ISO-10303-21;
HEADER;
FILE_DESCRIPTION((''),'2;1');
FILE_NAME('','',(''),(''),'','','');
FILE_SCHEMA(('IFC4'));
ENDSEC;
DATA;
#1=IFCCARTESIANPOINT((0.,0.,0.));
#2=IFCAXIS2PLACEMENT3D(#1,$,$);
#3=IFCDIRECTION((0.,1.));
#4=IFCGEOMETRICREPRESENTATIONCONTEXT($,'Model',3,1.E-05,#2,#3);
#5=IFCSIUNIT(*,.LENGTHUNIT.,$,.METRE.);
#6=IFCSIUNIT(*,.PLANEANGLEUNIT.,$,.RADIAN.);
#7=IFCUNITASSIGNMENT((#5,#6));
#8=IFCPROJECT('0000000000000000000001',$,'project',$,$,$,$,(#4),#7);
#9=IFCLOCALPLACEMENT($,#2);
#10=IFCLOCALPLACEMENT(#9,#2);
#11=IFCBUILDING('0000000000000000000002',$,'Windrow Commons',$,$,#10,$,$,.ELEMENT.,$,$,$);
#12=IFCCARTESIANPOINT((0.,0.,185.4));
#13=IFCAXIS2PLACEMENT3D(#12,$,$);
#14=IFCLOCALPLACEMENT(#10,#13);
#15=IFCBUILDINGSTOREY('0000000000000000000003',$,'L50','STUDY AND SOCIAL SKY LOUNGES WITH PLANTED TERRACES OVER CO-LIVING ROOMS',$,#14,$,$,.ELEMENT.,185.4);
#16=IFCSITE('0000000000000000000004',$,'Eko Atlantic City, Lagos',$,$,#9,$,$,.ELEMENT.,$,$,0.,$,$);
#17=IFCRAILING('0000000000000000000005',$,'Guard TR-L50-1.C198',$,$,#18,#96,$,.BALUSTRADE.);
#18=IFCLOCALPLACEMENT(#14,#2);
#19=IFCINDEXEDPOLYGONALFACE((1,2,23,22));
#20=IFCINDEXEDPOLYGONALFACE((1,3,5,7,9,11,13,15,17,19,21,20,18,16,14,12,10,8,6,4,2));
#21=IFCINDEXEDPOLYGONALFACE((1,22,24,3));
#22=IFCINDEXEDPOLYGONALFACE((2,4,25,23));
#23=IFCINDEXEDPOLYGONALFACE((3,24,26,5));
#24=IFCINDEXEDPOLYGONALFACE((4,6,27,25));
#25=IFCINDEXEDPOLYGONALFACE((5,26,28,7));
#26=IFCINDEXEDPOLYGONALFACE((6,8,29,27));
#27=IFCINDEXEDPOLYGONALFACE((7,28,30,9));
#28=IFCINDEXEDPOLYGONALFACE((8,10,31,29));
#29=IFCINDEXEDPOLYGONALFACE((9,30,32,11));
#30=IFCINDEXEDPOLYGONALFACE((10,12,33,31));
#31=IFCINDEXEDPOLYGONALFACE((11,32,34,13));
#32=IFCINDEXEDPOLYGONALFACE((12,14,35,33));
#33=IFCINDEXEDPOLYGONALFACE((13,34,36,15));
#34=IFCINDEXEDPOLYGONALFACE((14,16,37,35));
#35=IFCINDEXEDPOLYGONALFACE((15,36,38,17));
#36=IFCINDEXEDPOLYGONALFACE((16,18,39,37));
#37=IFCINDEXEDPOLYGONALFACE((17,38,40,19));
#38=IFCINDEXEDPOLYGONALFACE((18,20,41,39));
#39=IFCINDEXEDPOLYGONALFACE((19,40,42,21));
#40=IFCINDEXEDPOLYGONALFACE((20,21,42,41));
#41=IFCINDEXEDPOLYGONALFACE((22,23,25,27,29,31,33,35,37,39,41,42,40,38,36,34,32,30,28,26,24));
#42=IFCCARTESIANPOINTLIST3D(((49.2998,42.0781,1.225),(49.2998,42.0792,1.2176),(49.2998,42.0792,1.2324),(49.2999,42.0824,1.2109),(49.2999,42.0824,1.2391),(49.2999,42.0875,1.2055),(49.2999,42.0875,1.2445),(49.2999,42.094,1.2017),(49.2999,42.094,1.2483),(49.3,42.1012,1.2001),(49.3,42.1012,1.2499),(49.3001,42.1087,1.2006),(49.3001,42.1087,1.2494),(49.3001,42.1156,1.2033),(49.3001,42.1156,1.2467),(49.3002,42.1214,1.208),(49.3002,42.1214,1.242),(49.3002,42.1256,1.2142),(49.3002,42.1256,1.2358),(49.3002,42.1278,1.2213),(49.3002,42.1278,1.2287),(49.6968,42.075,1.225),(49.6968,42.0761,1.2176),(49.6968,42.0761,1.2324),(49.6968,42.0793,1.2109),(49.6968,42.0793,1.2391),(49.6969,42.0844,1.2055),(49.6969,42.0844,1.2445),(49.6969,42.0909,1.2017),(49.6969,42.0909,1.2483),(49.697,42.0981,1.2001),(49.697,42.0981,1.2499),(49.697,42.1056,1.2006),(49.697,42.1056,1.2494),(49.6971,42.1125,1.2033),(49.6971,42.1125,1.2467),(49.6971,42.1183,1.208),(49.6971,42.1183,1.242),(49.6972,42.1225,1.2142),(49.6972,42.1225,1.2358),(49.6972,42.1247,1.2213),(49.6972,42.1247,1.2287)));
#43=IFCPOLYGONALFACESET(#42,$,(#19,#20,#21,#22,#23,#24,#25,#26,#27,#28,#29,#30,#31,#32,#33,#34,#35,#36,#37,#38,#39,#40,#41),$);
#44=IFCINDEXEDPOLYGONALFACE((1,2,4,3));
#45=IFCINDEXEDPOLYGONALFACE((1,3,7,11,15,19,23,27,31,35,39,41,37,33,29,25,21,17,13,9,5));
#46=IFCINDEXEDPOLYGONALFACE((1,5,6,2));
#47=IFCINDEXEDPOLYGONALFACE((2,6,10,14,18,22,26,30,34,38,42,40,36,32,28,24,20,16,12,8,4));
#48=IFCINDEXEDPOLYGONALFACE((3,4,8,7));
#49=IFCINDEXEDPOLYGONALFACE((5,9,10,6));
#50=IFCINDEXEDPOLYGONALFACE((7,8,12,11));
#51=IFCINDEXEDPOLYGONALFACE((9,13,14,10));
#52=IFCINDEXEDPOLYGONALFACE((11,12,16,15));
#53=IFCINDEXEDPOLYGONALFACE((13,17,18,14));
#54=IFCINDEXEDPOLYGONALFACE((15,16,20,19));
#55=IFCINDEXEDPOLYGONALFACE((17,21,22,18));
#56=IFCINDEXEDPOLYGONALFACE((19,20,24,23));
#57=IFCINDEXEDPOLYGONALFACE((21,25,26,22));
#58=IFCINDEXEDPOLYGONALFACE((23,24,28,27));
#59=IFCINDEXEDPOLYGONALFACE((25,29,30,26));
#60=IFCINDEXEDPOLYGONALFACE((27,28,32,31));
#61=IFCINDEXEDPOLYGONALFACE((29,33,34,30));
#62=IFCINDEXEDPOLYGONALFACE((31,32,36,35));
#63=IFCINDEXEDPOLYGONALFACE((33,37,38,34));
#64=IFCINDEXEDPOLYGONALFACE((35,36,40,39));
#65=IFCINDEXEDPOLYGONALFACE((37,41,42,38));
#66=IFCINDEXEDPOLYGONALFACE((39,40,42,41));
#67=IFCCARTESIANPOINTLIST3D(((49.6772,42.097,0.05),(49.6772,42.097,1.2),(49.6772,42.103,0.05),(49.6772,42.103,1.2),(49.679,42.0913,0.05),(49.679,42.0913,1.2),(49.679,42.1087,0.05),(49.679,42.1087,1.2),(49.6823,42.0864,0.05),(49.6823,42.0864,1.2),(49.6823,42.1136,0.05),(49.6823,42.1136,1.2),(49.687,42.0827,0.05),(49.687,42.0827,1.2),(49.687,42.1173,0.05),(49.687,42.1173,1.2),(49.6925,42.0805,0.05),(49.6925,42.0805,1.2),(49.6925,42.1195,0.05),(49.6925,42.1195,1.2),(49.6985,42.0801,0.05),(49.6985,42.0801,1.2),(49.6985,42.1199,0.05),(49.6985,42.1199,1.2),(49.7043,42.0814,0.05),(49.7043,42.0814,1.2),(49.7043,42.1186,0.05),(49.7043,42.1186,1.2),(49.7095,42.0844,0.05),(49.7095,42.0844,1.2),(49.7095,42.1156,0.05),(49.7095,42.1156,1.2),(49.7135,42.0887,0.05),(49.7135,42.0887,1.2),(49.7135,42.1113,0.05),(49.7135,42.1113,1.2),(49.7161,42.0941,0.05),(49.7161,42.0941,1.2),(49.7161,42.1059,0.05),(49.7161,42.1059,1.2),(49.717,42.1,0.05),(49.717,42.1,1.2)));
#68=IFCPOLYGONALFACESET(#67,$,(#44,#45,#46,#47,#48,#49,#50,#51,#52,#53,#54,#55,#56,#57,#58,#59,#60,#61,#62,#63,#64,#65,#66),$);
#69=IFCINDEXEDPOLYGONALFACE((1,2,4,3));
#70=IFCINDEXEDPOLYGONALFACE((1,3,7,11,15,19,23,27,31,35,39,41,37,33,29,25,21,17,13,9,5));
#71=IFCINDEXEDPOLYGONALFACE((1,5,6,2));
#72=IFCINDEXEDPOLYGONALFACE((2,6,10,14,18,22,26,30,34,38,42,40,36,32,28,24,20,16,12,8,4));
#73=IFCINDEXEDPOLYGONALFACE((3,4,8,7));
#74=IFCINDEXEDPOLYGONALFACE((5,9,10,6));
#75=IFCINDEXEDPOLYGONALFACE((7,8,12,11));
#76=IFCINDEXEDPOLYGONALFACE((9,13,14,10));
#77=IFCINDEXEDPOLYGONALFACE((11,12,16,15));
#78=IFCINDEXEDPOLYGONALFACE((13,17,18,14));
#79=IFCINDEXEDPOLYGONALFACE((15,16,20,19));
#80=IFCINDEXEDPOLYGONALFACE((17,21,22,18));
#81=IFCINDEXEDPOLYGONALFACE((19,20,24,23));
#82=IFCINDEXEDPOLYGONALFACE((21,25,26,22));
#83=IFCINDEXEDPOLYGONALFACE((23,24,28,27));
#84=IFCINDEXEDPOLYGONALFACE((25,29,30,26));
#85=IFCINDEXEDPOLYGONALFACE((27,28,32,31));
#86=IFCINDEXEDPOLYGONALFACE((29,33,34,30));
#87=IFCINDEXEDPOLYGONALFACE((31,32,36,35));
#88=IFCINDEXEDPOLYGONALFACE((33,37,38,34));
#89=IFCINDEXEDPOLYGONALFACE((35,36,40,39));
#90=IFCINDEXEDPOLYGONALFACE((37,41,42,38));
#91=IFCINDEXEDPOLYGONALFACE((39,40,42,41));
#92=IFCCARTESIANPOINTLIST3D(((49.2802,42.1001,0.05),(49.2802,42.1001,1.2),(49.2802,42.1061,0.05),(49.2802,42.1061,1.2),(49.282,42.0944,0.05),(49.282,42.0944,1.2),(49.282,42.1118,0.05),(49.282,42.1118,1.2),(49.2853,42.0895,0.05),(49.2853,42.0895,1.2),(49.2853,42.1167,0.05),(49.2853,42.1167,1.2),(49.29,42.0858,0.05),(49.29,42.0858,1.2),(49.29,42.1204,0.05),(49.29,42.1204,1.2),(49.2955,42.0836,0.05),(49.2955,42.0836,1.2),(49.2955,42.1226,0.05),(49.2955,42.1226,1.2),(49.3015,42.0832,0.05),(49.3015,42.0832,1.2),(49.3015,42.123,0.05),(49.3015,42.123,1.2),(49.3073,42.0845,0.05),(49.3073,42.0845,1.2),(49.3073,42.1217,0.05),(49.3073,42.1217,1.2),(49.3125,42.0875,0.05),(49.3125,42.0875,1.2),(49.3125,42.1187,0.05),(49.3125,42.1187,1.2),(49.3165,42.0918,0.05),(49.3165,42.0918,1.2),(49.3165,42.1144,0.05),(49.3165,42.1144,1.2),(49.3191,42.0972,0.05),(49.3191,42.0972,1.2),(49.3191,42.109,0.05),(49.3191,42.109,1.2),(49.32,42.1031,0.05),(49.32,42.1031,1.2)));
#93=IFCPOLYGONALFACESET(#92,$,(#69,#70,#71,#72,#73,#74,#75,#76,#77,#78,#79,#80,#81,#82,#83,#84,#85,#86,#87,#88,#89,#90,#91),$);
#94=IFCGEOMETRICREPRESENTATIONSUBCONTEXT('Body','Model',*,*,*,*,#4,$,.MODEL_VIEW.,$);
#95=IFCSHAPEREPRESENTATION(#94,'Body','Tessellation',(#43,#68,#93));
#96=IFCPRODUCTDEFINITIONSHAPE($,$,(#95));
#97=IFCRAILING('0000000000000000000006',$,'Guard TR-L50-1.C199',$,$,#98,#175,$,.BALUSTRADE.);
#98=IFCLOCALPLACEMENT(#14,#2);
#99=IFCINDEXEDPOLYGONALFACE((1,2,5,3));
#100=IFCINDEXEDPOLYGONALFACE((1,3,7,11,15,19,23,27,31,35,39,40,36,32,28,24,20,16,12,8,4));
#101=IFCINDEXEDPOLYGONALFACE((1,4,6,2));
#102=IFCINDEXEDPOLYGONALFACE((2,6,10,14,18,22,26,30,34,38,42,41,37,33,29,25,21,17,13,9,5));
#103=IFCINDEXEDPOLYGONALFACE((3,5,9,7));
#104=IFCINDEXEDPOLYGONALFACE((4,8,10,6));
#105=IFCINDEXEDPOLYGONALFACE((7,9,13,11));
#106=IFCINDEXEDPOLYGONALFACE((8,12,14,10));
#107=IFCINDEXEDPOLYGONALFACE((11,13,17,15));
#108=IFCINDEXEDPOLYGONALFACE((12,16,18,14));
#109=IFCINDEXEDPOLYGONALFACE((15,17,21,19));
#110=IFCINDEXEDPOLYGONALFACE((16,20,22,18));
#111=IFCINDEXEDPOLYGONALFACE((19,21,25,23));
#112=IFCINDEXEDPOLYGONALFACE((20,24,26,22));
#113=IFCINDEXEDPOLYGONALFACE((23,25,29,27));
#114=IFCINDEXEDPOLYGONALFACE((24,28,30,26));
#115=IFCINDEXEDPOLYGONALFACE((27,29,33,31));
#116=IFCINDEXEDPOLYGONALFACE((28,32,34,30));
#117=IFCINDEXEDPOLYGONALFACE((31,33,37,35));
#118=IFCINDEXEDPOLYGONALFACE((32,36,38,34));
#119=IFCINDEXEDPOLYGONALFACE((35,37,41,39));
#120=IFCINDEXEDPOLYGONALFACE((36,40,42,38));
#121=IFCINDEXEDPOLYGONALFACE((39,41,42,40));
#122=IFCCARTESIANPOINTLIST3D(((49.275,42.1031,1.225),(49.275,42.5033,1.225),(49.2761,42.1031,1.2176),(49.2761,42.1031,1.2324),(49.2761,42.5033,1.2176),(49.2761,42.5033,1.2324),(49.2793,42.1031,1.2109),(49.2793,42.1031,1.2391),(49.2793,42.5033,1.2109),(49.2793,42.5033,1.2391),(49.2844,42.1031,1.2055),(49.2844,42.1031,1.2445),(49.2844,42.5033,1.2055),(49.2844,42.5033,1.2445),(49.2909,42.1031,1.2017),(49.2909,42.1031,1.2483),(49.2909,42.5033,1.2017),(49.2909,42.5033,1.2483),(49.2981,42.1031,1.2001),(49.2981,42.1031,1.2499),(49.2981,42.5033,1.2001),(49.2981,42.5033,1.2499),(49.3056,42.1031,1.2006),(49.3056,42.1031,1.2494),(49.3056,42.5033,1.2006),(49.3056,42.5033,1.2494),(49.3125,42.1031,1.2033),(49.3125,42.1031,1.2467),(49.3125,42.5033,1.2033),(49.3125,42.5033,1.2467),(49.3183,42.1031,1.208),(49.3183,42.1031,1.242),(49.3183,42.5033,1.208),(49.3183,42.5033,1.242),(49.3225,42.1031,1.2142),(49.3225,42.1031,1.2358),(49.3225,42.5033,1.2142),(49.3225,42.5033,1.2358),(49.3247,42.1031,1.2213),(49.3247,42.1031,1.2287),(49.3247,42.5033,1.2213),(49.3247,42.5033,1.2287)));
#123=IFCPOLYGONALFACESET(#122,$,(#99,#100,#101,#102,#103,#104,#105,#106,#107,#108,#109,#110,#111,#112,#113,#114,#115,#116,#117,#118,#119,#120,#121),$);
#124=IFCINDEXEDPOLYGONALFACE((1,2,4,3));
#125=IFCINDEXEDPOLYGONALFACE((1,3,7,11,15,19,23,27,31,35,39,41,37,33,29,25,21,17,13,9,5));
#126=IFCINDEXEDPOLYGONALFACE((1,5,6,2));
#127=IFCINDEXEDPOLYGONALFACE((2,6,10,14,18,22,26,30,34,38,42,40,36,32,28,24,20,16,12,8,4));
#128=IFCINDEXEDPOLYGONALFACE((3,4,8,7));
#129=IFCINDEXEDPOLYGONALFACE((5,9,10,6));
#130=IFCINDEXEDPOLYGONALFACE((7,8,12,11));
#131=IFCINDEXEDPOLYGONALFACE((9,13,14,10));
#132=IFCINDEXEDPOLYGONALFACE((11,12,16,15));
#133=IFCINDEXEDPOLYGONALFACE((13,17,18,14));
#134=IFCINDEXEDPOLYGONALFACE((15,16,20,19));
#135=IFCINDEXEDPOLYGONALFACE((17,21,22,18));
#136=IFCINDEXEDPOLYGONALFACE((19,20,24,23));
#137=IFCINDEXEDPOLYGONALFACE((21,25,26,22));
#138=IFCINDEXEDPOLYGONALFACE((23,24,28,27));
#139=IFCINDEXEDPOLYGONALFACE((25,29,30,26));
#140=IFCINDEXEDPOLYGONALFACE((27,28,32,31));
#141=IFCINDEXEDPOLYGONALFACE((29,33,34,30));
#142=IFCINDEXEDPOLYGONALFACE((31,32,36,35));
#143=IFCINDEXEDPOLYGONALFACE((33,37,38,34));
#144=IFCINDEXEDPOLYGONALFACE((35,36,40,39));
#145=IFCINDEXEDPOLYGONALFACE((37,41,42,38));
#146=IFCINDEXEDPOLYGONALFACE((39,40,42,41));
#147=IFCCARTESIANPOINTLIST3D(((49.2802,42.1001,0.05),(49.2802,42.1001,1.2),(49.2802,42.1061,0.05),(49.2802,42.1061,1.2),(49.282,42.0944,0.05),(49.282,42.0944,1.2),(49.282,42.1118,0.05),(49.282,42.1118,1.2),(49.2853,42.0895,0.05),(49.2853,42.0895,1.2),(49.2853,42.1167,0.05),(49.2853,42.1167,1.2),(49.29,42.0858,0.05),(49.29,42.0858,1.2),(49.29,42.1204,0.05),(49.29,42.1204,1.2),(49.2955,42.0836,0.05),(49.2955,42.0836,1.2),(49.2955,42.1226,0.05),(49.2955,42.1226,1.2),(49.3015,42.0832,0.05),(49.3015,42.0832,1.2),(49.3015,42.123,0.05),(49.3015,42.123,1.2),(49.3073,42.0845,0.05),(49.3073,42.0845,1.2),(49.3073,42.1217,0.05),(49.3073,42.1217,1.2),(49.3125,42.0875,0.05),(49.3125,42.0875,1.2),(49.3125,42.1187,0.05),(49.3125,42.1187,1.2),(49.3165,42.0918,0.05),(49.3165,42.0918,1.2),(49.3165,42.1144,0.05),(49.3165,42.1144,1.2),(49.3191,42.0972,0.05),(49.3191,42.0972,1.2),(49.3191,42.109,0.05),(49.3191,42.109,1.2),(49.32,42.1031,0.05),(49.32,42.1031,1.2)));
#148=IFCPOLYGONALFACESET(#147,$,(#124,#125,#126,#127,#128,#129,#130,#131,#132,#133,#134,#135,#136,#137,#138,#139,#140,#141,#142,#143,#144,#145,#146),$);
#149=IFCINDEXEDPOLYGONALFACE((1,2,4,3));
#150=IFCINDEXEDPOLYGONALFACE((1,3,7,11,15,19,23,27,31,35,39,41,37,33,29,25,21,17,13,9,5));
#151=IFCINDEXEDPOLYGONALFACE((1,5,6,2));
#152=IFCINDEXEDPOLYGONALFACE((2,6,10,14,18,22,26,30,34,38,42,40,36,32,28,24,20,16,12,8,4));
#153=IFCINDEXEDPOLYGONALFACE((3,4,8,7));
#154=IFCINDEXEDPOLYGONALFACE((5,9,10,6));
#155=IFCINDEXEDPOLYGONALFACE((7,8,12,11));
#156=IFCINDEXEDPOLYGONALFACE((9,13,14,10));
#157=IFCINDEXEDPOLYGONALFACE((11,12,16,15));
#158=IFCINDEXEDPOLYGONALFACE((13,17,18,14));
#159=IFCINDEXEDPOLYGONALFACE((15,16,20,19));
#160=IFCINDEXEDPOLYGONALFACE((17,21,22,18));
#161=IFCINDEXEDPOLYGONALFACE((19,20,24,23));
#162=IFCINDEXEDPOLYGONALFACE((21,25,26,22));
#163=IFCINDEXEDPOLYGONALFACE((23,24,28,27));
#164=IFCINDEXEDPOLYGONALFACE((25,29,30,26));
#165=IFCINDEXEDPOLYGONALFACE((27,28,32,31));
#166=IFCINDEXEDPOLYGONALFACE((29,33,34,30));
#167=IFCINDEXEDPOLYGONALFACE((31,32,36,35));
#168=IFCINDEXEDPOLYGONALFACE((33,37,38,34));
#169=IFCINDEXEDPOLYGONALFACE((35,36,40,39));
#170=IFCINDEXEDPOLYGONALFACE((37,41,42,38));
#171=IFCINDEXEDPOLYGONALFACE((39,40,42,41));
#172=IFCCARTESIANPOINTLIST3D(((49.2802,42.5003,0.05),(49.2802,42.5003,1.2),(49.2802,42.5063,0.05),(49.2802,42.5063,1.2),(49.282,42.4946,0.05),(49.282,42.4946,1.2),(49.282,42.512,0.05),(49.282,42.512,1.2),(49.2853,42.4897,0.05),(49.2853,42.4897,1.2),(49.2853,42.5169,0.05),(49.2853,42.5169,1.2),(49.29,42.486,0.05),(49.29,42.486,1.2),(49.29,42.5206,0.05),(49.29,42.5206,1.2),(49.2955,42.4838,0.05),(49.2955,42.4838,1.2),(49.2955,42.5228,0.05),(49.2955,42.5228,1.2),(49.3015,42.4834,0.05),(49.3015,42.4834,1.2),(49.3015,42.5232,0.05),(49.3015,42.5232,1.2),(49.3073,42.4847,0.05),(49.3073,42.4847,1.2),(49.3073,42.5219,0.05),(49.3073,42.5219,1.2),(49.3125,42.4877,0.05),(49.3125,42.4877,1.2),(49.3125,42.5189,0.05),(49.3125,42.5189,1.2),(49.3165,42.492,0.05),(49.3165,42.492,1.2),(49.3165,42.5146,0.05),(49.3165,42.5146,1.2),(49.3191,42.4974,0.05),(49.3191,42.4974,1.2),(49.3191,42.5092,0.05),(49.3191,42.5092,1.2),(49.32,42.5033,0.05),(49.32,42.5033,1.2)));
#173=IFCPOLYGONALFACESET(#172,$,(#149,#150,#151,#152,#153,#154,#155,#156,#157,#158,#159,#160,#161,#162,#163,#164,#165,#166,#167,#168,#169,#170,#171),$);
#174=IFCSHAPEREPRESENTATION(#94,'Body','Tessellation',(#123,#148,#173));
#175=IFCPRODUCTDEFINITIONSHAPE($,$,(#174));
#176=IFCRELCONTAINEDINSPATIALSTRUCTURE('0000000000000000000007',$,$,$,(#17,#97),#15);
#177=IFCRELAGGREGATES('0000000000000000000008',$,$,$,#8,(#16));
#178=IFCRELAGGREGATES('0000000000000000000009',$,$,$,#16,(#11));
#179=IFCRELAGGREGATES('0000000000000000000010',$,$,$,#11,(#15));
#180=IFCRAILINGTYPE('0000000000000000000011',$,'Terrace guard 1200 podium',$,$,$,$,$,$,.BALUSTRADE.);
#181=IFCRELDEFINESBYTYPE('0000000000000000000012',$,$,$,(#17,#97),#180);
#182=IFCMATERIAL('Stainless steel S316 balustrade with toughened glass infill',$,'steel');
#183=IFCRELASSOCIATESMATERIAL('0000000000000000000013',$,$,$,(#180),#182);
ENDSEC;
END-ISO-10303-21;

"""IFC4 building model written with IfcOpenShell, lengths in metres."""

from ifc_helpers import new_model, si_unit, direction, frame, origin, origin_2d, place, context, subcontext, project, spatial, circle, extrude, material, type_object, element, save


model = new_model("IFC4")

# Units and contexts
model_context = context("Model", 3, precision=1e-05, world=origin(), true_north=direction((0.0, 1.0)))
body_context = subcontext(model_context, "Body", "Model", "MODEL_VIEW")
ifc_project = project(units=[si_unit("LENGTHUNIT", "METRE"), si_unit("PLANEANGLEUNIT", "RADIAN")], contexts=[model_context])

# Site, building, storey
site_placement = place(None, origin())
site = spatial("IfcSite", under=ifc_project, at=site_placement, Name="Eko Atlantic City, Lagos", CompositionType="ELEMENT", RefElevation=0.0)
building_placement = place(site_placement, origin())
building = spatial("IfcBuilding", under=site, at=building_placement, Name="Windrow Commons", CompositionType="ELEMENT")
storey_placement = place(building_placement, frame((0.0, 0.0, 185.4)))
storey = spatial("IfcBuildingStorey", under=building, at=storey_placement, Name="L50", Description="STUDY AND SOCIAL SKY LOUNGES WITH PLANTED TERRACES OVER CO-LIVING ROOMS", CompositionType="ELEMENT", Elevation=185.4)

# Railings
ifc_material_1 = material(Name="Stainless steel S316 balustrade with toughened glass infill", Category="steel")
railing_type = type_object("IfcRailingType", Name="Terrace guard 1200 podium", PredefinedType="BALUSTRADE", material=ifc_material_1)
railing_1_placement = place(storey_placement, frame((49.697, 42.1, 0.05)))
element("IfcRailing", 1, at=railing_1_placement, inside=storey, type_object=railing_type, Name="Guard TR-L50-1.C198", PredefinedType="BALUSTRADE", context=body_context, shape_type="SweptSolid", body=[
    extrude(circle(Radius=0.025, at=origin_2d()), frame((0.0, 0.0, 1.175), z_axis=(-0.99997, 0.007808, 0.0), x_axis=(-0.007808, -0.99997, 0.0)), (0.0, 0.0, 1.0), 0.397),
    extrude(circle(Radius=0.02, at=origin_2d()), origin(), (0.0, 0.0, 1.0), 1.15),
    extrude(circle(Radius=0.02, at=origin_2d()), frame((-0.397, 0.0031, 0.0)), (0.0, 0.0, 1.0), 1.15),
])
railing_2_placement = place(storey_placement, frame((49.3, 42.1031, 0.05)))
element("IfcRailing", 2, at=railing_2_placement, inside=storey, type_object=railing_type, Name="Guard TR-L50-1.C199", PredefinedType="BALUSTRADE", context=body_context, shape_type="SweptSolid", body=[
    extrude(circle(Radius=0.025, at=origin_2d()), frame((0.0, 0.0, 1.175), z_axis=(0.0, 1.0, 0.0), x_axis=(-1.0, 0.0, 0.0)), (0.0, 0.0, 1.0), 0.4002),
    extrude(circle(Radius=0.02, at=origin_2d()), origin(), (0.0, 0.0, 1.0), 1.15),
    extrude(circle(Radius=0.02, at=origin_2d()), frame((0.0, 0.4002, 0.0)), (0.0, 0.0, 1.0), 1.15),
])

save(model, "model.ifc")
